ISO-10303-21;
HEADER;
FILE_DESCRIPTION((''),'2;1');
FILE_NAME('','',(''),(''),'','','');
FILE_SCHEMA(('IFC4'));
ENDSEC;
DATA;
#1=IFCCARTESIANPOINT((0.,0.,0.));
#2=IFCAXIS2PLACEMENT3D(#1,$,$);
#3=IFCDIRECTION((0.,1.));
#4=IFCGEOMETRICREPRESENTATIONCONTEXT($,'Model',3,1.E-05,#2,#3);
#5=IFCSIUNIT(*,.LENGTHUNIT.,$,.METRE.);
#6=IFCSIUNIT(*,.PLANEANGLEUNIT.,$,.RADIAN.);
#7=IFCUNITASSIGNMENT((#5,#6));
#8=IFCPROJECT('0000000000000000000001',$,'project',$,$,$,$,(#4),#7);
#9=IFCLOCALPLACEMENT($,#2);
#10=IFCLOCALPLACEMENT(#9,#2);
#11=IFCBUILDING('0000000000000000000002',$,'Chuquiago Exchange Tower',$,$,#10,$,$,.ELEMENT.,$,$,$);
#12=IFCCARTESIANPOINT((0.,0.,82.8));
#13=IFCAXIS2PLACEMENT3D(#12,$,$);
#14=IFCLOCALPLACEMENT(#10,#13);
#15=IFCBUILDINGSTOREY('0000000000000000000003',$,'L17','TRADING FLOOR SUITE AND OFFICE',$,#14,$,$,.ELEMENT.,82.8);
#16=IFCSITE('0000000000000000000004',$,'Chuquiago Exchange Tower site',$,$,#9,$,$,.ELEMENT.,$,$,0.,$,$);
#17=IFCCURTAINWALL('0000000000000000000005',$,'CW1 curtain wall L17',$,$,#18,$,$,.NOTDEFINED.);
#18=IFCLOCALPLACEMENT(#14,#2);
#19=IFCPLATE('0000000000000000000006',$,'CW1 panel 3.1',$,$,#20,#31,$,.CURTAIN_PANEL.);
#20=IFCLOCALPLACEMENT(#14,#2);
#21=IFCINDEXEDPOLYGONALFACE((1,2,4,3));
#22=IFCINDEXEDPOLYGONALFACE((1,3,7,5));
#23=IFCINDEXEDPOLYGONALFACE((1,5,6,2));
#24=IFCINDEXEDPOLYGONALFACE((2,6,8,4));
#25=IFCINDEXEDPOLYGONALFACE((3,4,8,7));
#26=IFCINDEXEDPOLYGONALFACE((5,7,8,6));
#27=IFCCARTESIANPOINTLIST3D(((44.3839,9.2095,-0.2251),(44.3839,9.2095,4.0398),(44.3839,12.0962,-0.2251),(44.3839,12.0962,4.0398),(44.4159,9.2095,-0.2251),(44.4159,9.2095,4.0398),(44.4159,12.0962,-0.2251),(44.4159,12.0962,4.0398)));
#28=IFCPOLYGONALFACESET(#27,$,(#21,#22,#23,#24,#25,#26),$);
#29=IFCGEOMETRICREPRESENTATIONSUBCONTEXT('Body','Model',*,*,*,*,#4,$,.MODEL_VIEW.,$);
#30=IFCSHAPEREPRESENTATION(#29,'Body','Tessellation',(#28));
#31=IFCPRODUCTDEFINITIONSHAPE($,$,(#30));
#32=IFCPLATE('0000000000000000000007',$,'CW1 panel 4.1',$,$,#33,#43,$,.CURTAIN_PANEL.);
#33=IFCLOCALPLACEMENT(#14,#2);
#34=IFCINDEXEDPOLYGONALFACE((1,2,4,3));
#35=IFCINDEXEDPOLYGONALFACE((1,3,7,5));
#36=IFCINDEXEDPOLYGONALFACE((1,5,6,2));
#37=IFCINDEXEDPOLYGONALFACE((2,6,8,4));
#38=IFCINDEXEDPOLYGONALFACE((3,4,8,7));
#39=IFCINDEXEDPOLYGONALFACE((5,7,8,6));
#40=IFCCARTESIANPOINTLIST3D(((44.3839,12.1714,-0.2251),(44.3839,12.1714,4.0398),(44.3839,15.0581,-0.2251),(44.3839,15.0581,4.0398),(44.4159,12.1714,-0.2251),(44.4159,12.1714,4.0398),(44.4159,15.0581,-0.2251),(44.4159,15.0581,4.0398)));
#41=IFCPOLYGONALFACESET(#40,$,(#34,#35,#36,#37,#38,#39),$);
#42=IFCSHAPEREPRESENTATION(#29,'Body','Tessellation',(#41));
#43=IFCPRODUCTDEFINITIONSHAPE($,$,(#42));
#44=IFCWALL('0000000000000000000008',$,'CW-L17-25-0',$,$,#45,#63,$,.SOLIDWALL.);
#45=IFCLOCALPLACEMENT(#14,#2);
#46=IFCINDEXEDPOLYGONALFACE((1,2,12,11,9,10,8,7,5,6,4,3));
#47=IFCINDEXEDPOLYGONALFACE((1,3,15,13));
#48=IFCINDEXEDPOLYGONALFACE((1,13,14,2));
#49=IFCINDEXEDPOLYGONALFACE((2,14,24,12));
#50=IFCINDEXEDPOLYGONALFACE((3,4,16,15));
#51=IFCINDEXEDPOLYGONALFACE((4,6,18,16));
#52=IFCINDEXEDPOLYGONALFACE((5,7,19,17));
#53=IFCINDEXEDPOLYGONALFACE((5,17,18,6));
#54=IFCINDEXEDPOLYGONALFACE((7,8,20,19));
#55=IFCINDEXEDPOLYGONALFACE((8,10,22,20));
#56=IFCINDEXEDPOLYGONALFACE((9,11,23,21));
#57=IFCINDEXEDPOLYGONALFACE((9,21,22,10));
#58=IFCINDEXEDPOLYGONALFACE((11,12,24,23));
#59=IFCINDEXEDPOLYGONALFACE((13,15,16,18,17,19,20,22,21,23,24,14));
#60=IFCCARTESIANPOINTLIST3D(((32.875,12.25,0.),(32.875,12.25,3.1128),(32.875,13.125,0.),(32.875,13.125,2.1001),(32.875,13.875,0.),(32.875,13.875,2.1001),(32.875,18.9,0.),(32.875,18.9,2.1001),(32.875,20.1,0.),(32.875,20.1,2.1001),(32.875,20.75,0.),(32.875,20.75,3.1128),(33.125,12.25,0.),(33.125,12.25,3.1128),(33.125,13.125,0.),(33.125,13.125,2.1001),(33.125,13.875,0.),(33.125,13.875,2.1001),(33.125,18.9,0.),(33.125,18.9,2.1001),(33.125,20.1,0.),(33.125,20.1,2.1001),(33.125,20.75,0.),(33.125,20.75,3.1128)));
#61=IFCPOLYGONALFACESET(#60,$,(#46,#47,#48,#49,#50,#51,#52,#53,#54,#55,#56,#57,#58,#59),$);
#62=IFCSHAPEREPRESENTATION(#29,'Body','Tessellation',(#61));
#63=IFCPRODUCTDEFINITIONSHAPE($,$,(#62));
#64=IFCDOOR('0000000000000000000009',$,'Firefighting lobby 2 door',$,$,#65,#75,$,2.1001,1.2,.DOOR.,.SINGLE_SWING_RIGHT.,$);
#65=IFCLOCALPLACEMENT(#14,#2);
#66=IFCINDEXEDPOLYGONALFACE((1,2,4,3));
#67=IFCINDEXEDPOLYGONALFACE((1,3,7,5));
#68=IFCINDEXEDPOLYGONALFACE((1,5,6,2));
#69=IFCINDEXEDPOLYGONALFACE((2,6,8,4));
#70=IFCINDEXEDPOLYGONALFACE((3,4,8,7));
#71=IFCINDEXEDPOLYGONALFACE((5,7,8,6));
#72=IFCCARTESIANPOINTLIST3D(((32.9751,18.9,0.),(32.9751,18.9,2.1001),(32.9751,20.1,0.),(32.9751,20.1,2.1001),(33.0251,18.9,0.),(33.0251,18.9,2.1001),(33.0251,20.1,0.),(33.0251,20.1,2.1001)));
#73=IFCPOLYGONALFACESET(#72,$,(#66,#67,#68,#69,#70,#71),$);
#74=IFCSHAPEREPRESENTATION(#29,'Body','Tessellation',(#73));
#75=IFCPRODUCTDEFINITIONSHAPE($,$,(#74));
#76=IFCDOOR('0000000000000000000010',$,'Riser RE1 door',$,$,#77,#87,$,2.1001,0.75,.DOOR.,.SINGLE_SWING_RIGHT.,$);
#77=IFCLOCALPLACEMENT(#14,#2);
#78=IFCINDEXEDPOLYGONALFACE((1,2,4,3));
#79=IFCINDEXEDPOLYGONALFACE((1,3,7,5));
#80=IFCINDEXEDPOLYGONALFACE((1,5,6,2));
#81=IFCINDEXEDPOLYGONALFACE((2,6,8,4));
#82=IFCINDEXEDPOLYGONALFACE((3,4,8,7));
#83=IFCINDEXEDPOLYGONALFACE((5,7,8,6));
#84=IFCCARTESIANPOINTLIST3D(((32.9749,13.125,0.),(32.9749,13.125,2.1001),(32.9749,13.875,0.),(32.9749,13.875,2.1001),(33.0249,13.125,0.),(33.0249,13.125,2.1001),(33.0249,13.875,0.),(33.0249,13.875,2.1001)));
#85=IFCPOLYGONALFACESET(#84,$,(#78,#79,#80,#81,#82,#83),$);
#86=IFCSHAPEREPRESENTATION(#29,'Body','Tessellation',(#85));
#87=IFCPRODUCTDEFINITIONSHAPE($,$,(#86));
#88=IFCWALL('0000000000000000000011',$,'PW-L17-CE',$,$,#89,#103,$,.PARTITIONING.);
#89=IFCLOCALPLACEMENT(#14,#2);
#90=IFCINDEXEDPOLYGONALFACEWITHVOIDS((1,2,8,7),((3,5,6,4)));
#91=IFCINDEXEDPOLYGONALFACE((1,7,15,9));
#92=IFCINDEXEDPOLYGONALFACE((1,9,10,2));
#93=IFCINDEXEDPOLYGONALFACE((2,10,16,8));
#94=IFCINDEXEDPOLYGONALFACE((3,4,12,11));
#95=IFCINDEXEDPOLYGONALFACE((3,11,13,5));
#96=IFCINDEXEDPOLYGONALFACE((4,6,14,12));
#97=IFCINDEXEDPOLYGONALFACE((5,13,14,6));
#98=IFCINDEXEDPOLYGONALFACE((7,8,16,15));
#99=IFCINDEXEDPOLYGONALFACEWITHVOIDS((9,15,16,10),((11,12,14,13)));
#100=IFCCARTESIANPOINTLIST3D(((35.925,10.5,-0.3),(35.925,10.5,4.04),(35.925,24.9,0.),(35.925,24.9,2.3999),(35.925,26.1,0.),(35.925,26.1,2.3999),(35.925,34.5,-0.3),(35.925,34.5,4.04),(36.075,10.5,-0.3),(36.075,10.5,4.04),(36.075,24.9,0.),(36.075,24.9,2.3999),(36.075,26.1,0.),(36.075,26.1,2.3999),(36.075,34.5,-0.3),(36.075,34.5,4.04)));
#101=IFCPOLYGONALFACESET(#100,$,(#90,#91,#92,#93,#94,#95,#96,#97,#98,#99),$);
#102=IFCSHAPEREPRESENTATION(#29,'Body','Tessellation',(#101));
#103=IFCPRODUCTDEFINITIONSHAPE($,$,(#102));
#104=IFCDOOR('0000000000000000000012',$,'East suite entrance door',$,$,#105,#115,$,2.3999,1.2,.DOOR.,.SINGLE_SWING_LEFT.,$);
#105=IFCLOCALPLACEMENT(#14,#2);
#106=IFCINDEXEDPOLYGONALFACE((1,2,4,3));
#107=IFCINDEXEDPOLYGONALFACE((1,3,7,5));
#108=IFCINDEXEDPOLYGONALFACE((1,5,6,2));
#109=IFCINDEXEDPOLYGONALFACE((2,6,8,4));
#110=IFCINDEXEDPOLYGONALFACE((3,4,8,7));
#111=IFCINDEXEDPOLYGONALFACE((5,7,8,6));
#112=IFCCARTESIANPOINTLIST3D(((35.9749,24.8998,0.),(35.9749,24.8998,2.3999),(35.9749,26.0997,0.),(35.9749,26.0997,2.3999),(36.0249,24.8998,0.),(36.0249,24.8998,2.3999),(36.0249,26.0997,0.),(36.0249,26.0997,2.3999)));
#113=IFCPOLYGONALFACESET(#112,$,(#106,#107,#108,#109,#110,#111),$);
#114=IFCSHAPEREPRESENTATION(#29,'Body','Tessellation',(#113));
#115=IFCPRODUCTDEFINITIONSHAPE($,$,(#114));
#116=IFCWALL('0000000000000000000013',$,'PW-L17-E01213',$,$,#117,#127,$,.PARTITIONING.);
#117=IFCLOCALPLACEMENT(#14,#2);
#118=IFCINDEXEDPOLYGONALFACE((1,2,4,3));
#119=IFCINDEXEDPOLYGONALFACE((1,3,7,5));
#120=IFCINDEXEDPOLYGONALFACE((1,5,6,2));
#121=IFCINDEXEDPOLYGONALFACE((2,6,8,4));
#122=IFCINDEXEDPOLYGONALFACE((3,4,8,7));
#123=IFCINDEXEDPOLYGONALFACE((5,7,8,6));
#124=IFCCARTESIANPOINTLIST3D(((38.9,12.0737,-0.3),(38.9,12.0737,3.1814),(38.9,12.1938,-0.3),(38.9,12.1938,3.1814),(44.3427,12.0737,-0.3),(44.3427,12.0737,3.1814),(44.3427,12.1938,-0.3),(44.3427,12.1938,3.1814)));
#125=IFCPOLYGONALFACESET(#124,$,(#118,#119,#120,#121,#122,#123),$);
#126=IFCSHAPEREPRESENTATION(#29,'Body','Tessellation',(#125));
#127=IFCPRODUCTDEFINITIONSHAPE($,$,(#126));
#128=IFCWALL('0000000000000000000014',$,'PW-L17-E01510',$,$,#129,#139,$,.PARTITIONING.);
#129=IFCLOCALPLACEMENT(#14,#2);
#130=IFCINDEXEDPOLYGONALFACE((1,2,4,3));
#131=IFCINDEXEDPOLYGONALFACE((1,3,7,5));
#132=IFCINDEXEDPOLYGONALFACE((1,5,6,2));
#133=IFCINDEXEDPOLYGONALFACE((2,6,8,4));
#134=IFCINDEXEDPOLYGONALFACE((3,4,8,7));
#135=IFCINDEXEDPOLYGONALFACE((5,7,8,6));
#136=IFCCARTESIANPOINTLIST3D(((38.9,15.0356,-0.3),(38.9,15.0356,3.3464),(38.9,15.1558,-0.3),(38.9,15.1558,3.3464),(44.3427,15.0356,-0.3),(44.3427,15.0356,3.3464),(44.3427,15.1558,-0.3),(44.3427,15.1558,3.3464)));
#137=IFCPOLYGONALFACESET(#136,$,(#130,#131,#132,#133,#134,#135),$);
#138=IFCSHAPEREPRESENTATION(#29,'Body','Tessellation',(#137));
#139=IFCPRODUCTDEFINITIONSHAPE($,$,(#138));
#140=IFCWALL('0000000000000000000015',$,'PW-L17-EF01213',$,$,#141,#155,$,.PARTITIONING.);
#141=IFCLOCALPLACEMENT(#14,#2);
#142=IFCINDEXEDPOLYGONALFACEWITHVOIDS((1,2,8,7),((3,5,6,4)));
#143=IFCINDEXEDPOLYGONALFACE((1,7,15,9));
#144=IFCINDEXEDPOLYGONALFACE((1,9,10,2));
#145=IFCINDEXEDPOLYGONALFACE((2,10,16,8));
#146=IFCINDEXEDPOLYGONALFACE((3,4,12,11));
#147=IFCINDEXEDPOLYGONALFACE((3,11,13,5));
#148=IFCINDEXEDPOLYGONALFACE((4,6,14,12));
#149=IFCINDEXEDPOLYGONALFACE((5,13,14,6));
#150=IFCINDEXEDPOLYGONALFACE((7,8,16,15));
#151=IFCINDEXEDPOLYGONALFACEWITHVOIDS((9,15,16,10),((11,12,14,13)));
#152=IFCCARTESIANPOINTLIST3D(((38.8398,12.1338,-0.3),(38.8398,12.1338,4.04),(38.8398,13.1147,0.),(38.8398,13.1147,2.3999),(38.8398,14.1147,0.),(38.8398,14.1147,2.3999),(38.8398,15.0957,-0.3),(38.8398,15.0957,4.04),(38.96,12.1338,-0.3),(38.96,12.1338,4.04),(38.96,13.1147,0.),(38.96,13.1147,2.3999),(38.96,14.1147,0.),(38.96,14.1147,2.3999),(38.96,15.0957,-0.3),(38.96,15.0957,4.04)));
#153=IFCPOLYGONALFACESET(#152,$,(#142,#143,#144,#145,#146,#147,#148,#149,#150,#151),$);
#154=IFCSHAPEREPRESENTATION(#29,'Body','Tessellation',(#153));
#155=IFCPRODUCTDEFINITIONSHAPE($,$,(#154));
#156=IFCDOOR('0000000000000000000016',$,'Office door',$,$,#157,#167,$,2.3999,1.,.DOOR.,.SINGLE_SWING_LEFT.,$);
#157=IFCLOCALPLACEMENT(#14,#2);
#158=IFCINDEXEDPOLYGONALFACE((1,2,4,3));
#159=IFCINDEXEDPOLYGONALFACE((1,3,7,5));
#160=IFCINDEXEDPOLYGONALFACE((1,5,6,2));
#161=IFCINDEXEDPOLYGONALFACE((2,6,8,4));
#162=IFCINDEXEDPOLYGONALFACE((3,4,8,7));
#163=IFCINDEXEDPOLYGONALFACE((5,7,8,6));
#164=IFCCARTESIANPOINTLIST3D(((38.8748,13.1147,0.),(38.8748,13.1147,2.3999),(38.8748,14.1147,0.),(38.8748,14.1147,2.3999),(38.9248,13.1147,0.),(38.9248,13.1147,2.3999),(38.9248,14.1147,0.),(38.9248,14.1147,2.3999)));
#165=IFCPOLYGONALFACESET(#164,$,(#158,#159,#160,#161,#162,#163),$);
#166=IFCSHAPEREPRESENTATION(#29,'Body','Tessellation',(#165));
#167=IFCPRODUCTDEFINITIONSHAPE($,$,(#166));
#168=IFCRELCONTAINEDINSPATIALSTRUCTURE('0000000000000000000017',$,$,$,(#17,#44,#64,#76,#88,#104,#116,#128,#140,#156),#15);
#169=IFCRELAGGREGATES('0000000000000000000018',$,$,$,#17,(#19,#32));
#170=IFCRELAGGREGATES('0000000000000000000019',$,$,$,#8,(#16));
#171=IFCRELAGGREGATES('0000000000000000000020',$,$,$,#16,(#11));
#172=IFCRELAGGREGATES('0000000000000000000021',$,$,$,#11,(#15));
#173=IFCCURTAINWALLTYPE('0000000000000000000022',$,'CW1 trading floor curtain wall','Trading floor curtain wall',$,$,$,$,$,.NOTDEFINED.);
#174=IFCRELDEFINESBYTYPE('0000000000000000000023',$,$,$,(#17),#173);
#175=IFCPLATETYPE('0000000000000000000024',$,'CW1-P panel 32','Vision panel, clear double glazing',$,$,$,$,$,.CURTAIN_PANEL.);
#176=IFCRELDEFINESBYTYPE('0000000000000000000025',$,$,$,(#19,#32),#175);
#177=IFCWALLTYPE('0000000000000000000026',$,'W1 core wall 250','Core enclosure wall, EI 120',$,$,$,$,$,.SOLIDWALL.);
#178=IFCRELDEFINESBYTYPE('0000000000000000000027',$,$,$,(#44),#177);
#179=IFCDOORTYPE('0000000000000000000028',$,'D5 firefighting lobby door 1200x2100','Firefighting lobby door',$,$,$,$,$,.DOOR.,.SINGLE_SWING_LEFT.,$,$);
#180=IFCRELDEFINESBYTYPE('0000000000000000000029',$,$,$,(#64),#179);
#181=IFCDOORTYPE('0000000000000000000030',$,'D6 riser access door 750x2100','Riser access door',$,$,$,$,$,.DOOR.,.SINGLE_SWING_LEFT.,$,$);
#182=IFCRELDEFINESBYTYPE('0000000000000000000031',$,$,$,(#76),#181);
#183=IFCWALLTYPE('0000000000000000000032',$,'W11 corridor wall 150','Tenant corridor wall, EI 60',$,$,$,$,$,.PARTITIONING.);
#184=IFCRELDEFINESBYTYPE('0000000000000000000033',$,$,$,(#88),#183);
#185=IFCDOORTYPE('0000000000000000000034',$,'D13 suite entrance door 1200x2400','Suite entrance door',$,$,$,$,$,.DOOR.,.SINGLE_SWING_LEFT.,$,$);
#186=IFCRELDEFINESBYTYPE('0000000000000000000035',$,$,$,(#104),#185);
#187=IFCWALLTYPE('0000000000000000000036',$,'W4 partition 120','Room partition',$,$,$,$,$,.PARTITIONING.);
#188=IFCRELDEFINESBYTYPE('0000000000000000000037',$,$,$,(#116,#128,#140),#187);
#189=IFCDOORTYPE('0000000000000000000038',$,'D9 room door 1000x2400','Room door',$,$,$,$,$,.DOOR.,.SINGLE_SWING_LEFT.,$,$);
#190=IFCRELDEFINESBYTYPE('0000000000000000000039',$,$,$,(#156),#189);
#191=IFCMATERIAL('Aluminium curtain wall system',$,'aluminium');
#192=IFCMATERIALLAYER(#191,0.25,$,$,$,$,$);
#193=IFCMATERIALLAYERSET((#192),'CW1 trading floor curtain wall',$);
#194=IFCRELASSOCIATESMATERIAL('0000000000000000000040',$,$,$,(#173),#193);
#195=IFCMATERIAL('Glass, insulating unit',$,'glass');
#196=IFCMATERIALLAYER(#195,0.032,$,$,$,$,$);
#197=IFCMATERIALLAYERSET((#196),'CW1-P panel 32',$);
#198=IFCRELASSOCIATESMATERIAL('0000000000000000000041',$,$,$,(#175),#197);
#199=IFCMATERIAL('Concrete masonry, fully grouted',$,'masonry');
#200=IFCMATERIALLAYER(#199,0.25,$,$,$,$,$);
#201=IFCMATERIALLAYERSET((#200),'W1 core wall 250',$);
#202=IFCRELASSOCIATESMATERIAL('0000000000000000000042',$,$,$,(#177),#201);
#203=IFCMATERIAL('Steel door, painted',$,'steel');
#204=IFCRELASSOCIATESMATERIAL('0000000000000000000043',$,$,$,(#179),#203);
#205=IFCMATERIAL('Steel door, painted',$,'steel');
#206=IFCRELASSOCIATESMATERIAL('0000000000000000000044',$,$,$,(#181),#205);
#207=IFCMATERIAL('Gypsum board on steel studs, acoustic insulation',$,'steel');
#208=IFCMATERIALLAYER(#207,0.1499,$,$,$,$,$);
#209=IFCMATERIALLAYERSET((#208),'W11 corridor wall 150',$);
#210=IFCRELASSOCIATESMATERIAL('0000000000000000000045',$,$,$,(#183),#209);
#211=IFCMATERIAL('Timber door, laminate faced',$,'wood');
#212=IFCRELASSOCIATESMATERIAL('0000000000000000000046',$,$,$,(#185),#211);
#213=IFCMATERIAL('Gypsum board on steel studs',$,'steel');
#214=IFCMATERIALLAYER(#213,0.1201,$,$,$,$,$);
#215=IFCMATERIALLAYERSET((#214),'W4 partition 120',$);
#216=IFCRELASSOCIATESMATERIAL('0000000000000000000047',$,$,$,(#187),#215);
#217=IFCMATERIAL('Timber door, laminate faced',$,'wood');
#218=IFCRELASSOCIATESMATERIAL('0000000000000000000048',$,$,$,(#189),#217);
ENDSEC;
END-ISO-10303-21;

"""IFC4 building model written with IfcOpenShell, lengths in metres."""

from ifc_helpers import new_model, si_unit, direction, frame, frame_2d, origin, origin_2d, place, context, subcontext, project, spatial, rectangle, extrude, material, layer, layer_set, type_object, element, fill, aggregate, save


model = new_model("IFC4")

# Units and contexts
model_context = context("Model", 3, precision=1e-05, world=origin(), true_north=direction((0.0, 1.0)))
body_context = subcontext(model_context, "Body", "Model", "MODEL_VIEW")
ifc_project = project(units=[si_unit("LENGTHUNIT", "METRE"), si_unit("PLANEANGLEUNIT", "RADIAN")], contexts=[model_context])

# Site, building, storey
site_placement = place(None, origin())
site = spatial("IfcSite", under=ifc_project, at=site_placement, Name="Chuquiago Exchange Tower site", CompositionType="ELEMENT", RefElevation=0.0)
building_placement = place(site_placement, origin())
building = spatial("IfcBuilding", under=site, at=building_placement, Name="Chuquiago Exchange Tower", CompositionType="ELEMENT")
storey_placement = place(building_placement, frame((0.0, 0.0, 82.8)))
storey = spatial("IfcBuildingStorey", under=building, at=storey_placement, Name="L17", Description="TRADING FLOOR SUITE AND OFFICE", CompositionType="ELEMENT", Elevation=82.8)

# Curtain wall
ifc_material_1 = material(Name="Aluminium curtain wall system", Category="aluminium")
ifc_layer_1 = layer(ifc_material_1, 0.25)
ifc_layer_set_1 = layer_set([ifc_layer_1], Name="CW1 trading floor curtain wall")
curtain_wall_type = type_object("IfcCurtainWallType", Name="CW1 trading floor curtain wall", Description="Trading floor curtain wall", PredefinedType="NOTDEFINED", material=ifc_layer_set_1)
curtain_wall_placement = place(storey_placement, origin())
curtain_wall = element("IfcCurtainWall", 1, at=curtain_wall_placement, inside=storey, type_object=curtain_wall_type, Name="CW1 curtain wall L17", PredefinedType="NOTDEFINED")

# Plates
ifc_material_2 = material(Name="Glass, insulating unit", Category="glass")
ifc_layer_2 = layer(ifc_material_2, 0.032)
ifc_layer_set_2 = layer_set([ifc_layer_2], Name="CW1-P panel 32")
plate_type = type_object("IfcPlateType", Name="CW1-P panel 32", Description="Vision panel, clear double glazing", PredefinedType="CURTAIN_PANEL", material=ifc_layer_set_2)
plate_1_placement = place(storey_placement, frame((44.3999, 10.6528, -0.2251), z_axis=(0.0, 0.0, 1.0), x_axis=(0.0, 1.0, 0.0)))
plate_1 = element("IfcPlate", 2, at=plate_1_placement, type_object=plate_type, Name="CW1 panel 3.1", PredefinedType="CURTAIN_PANEL", context=body_context, shape_type="SweptSolid", body=[
    extrude(rectangle(XDim=2.8867, YDim=0.032, at=origin_2d()), origin(), (0.0, 0.0, 1.0), 4.2649),
])
plate_2_placement = place(storey_placement, frame((44.3999, 13.6147, -0.2251), z_axis=(0.0, 0.0, 1.0), x_axis=(0.0, 1.0, 0.0)))
plate_2 = element("IfcPlate", 3, at=plate_2_placement, type_object=plate_type, Name="CW1 panel 4.1", PredefinedType="CURTAIN_PANEL", context=body_context, shape_type="SweptSolid", body=[
    extrude(rectangle(XDim=2.8867, YDim=0.032, at=origin_2d()), origin(), (0.0, 0.0, 1.0), 4.2649),
])
aggregate(curtain_wall, [plate_1, plate_2])

# Wall, openings, doors
ifc_material_3 = material(Name="Concrete masonry, fully grouted", Category="masonry")
ifc_layer_3 = layer(ifc_material_3, 0.25)
ifc_layer_set_3 = layer_set([ifc_layer_3], Name="W1 core wall 250")
wall_type_1 = type_object("IfcWallType", Name="W1 core wall 250", Description="Core enclosure wall, EI 120", PredefinedType="SOLIDWALL", material=ifc_layer_set_3)
wall_1_placement = place(storey_placement, frame((33.0, 12.25, 0.0), z_axis=(0.0, 0.0, 1.0), x_axis=(0.0, 1.0, 0.0)))
wall_1 = element("IfcWall", 4, at=wall_1_placement, inside=storey, type_object=wall_type_1, Name="CW-L17-25-0", PredefinedType="SOLIDWALL", context=body_context, shape_type="SweptSolid", body=[
    extrude(rectangle(XDim=8.5, YDim=0.25, at=frame_2d((4.25, 0.0))), origin(), (0.0, 0.0, 1.0), 3.1128),
])
opening_1_placement = place(wall_1_placement, frame((6.6499, 0.0, 0.0)))
opening_1 = element("IfcOpeningElement", 5, at=opening_1_placement, cuts=wall_1, PredefinedType="OPENING", context=body_context, shape_type="SweptSolid", body=[
    extrude(rectangle(XDim=1.2, YDim=2.1001, at=frame_2d((0.6001, 1.05))), frame((0.0, 0.135, 0.0), z_axis=(0.0, -1.0, 0.0), x_axis=(1.0, 0.0, 0.0)), (0.0, 0.0, 1.0), 0.27),
])
opening_2_placement = place(wall_1_placement, frame((0.875, 0.0, 0.0)))
opening_2 = element("IfcOpeningElement", 6, at=opening_2_placement, cuts=wall_1, PredefinedType="OPENING", context=body_context, shape_type="SweptSolid", body=[
    extrude(rectangle(XDim=0.75, YDim=2.1001, at=frame_2d((0.375, 1.05))), frame((0.0, 0.135, 0.0), z_axis=(0.0, -1.0, 0.0), x_axis=(1.0, 0.0, 0.0)), (0.0, 0.0, 1.0), 0.27),
])
ifc_material_4 = material(Name="Steel door, painted", Category="steel")
door_type_1 = type_object("IfcDoorType", Name="D5 firefighting lobby door 1200x2100", Description="Firefighting lobby door", OperationType="SINGLE_SWING_LEFT", PredefinedType="DOOR", material=ifc_material_4)
door_1_placement = place(opening_1_placement, origin())
door_1 = element("IfcDoor", 7, at=door_1_placement, inside=storey, type_object=door_type_1, Name="Firefighting lobby 2 door", OperationType="SINGLE_SWING_RIGHT", OverallHeight=2.1001, OverallWidth=1.2, PredefinedType="DOOR", context=body_context, shape_type="SweptSolid", body=[
    extrude(rectangle(XDim=1.2, YDim=2.1001, at=frame_2d((0.6001, 1.05))), frame((0.0, 0.0249, 0.0), z_axis=(0.0, -1.0, 0.0), x_axis=(1.0, 0.0, 0.0)), (0.0, 0.0, 1.0), 0.05),
])
fill(opening_1, door_1)
ifc_material_5 = material(Name="Steel door, painted", Category="steel")
door_type_2 = type_object("IfcDoorType", Name="D6 riser access door 750x2100", Description="Riser access door", OperationType="SINGLE_SWING_LEFT", PredefinedType="DOOR", material=ifc_material_5)
door_2_placement = place(opening_2_placement, frame((0.75, 0.0, 0.0), z_axis=(0.0, 0.0, 1.0), x_axis=(-1.0, 0.0, 0.0)))
door_2 = element("IfcDoor", 8, at=door_2_placement, inside=storey, type_object=door_type_2, Name="Riser RE1 door", OperationType="SINGLE_SWING_RIGHT", OverallHeight=2.1001, OverallWidth=0.75, PredefinedType="DOOR", context=body_context, shape_type="SweptSolid", body=[
    extrude(rectangle(XDim=0.75, YDim=2.1001, at=frame_2d((0.375, 1.05))), frame((0.0, 0.0249, 0.0), z_axis=(0.0, -1.0, 0.0), x_axis=(1.0, 0.0, 0.0)), (0.0, 0.0, 1.0), 0.05),
])
fill(opening_2, door_2)

# Wall, opening, door
ifc_material_6 = material(Name="Gypsum board on steel studs, acoustic insulation", Category="steel")
ifc_layer_4 = layer(ifc_material_6, 0.1499)
ifc_layer_set_4 = layer_set([ifc_layer_4], Name="W11 corridor wall 150")
wall_type_2 = type_object("IfcWallType", Name="W11 corridor wall 150", Description="Tenant corridor wall, EI 60", PredefinedType="PARTITIONING", material=ifc_layer_set_4)
wall_2_placement = place(storey_placement, frame((36.0, 10.5, -0.3), z_axis=(0.0, 0.0, 1.0), x_axis=(0.0, 1.0, 0.0)))
wall_2 = element("IfcWall", 9, at=wall_2_placement, inside=storey, type_object=wall_type_2, Name="PW-L17-CE", PredefinedType="PARTITIONING", context=body_context, shape_type="SweptSolid", body=[
    extrude(rectangle(XDim=24.0, YDim=0.1499, at=frame_2d((12.0, 0.0))), origin(), (0.0, 0.0, 1.0), 4.3401),
])
opening_3_placement = place(wall_2_placement, frame((14.3999, 0.0, 0.3)))
opening_3 = element("IfcOpeningElement", 10, at=opening_3_placement, cuts=wall_2, PredefinedType="OPENING", context=body_context, shape_type="SweptSolid", body=[
    extrude(rectangle(XDim=1.2, YDim=2.3999, at=frame_2d((0.6001, 1.2))), frame((0.0, 0.085, 0.0), z_axis=(0.0, -1.0, 0.0), x_axis=(1.0, 0.0, 0.0)), (0.0, 0.0, 1.0), 0.1699),
])
ifc_material_7 = material(Name="Timber door, laminate faced", Category="wood")
door_type_3 = type_object("IfcDoorType", Name="D13 suite entrance door 1200x2400", Description="Suite entrance door", OperationType="SINGLE_SWING_LEFT", PredefinedType="DOOR", material=ifc_material_7)
door_3_placement = place(opening_3_placement, frame((1.2, 0.0, 0.0), z_axis=(0.0, 0.0, 1.0), x_axis=(-1.0, 0.0, 0.0)))
door_3 = element("IfcDoor", 11, at=door_3_placement, inside=storey, type_object=door_type_3, Name="East suite entrance door", OperationType="SINGLE_SWING_LEFT", OverallHeight=2.3999, OverallWidth=1.2, PredefinedType="DOOR", context=body_context, shape_type="SweptSolid", body=[
    extrude(rectangle(XDim=1.2, YDim=2.3999, at=frame_2d((0.6001, 1.2))), frame((0.0, 0.0249, 0.0), z_axis=(0.0, -1.0, 0.0), x_axis=(1.0, 0.0, 0.0)), (0.0, 0.0, 1.0), 0.05),
])
fill(opening_3, door_3)

# Walls
ifc_material_8 = material(Name="Gypsum board on steel studs", Category="steel")
ifc_layer_5 = layer(ifc_material_8, 0.1201)
ifc_layer_set_5 = layer_set([ifc_layer_5], Name="W4 partition 120")
wall_type_3 = type_object("IfcWallType", Name="W4 partition 120", Description="Room partition", PredefinedType="PARTITIONING", material=ifc_layer_set_5)
wall_3_placement = place(storey_placement, frame((44.3425, 12.1338, -0.3), z_axis=(0.0, 0.0, 1.0), x_axis=(-1.0, 0.0, 0.0)))
element("IfcWall", 12, at=wall_3_placement, inside=storey, type_object=wall_type_3, Name="PW-L17-E01213", PredefinedType="PARTITIONING", context=body_context, shape_type="SweptSolid", body=[
    extrude(rectangle(XDim=5.4426, YDim=0.1201, at=frame_2d((2.7212, 0.0))), origin(), (0.0, 0.0, 1.0), 3.4814),
])
wall_4_placement = place(storey_placement, frame((44.3425, 15.0957, -0.3), z_axis=(0.0, 0.0, 1.0), x_axis=(-1.0, 0.0, 0.0)))
element("IfcWall", 13, at=wall_4_placement, inside=storey, type_object=wall_type_3, Name="PW-L17-E01510", PredefinedType="PARTITIONING", context=body_context, shape_type="SweptSolid", body=[
    extrude(rectangle(XDim=5.4426, YDim=0.1201, at=frame_2d((2.7212, 0.0))), origin(), (0.0, 0.0, 1.0), 3.6465),
])

# Wall, opening, door
wall_5_placement = place(storey_placement, frame((38.8999, 12.1338, -0.3), z_axis=(0.0, 0.0, 1.0), x_axis=(0.0, 1.0, 0.0)))
wall_5 = element("IfcWall", 14, at=wall_5_placement, inside=storey, type_object=wall_type_3, Name="PW-L17-EF01213", PredefinedType="PARTITIONING", context=body_context, shape_type="SweptSolid", body=[
    extrude(rectangle(XDim=2.9619, YDim=0.1201, at=frame_2d((1.481, 0.0))), origin(), (0.0, 0.0, 1.0), 4.3401),
])
opening_4_placement = place(wall_5_placement, frame((0.981, 0.0, 0.3)))
opening_4 = element("IfcOpeningElement", 15, at=opening_4_placement, cuts=wall_5, PredefinedType="OPENING", context=body_context, shape_type="SweptSolid", body=[
    extrude(rectangle(XDim=1.0, YDim=2.3999, at=frame_2d((0.5, 1.2))), frame((0.0, 0.0701, 0.0), z_axis=(0.0, -1.0, 0.0), x_axis=(1.0, 0.0, 0.0)), (0.0, 0.0, 1.0), 0.1401),
])
ifc_material_9 = material(Name="Timber door, laminate faced", Category="wood")
door_type_4 = type_object("IfcDoorType", Name="D9 room door 1000x2400", Description="Room door", OperationType="SINGLE_SWING_LEFT", PredefinedType="DOOR", material=ifc_material_9)
door_4_placement = place(opening_4_placement, frame((1.0, 0.0, 0.0), z_axis=(0.0, 0.0, 1.0), x_axis=(-1.0, 0.0, 0.0)))
door_4 = element("IfcDoor", 16, at=door_4_placement, inside=storey, type_object=door_type_4, Name="Office door", OperationType="SINGLE_SWING_LEFT", OverallHeight=2.3999, OverallWidth=1.0, PredefinedType="DOOR", context=body_context, shape_type="SweptSolid", body=[
    extrude(rectangle(XDim=1.0, YDim=2.3999, at=frame_2d((0.5, 1.2))), frame((0.0, 0.0249, 0.0), z_axis=(0.0, -1.0, 0.0), x_axis=(1.0, 0.0, 0.0)), (0.0, 0.0, 1.0), 0.05),
])
fill(opening_4, door_4)

save(model, "model.ifc")
